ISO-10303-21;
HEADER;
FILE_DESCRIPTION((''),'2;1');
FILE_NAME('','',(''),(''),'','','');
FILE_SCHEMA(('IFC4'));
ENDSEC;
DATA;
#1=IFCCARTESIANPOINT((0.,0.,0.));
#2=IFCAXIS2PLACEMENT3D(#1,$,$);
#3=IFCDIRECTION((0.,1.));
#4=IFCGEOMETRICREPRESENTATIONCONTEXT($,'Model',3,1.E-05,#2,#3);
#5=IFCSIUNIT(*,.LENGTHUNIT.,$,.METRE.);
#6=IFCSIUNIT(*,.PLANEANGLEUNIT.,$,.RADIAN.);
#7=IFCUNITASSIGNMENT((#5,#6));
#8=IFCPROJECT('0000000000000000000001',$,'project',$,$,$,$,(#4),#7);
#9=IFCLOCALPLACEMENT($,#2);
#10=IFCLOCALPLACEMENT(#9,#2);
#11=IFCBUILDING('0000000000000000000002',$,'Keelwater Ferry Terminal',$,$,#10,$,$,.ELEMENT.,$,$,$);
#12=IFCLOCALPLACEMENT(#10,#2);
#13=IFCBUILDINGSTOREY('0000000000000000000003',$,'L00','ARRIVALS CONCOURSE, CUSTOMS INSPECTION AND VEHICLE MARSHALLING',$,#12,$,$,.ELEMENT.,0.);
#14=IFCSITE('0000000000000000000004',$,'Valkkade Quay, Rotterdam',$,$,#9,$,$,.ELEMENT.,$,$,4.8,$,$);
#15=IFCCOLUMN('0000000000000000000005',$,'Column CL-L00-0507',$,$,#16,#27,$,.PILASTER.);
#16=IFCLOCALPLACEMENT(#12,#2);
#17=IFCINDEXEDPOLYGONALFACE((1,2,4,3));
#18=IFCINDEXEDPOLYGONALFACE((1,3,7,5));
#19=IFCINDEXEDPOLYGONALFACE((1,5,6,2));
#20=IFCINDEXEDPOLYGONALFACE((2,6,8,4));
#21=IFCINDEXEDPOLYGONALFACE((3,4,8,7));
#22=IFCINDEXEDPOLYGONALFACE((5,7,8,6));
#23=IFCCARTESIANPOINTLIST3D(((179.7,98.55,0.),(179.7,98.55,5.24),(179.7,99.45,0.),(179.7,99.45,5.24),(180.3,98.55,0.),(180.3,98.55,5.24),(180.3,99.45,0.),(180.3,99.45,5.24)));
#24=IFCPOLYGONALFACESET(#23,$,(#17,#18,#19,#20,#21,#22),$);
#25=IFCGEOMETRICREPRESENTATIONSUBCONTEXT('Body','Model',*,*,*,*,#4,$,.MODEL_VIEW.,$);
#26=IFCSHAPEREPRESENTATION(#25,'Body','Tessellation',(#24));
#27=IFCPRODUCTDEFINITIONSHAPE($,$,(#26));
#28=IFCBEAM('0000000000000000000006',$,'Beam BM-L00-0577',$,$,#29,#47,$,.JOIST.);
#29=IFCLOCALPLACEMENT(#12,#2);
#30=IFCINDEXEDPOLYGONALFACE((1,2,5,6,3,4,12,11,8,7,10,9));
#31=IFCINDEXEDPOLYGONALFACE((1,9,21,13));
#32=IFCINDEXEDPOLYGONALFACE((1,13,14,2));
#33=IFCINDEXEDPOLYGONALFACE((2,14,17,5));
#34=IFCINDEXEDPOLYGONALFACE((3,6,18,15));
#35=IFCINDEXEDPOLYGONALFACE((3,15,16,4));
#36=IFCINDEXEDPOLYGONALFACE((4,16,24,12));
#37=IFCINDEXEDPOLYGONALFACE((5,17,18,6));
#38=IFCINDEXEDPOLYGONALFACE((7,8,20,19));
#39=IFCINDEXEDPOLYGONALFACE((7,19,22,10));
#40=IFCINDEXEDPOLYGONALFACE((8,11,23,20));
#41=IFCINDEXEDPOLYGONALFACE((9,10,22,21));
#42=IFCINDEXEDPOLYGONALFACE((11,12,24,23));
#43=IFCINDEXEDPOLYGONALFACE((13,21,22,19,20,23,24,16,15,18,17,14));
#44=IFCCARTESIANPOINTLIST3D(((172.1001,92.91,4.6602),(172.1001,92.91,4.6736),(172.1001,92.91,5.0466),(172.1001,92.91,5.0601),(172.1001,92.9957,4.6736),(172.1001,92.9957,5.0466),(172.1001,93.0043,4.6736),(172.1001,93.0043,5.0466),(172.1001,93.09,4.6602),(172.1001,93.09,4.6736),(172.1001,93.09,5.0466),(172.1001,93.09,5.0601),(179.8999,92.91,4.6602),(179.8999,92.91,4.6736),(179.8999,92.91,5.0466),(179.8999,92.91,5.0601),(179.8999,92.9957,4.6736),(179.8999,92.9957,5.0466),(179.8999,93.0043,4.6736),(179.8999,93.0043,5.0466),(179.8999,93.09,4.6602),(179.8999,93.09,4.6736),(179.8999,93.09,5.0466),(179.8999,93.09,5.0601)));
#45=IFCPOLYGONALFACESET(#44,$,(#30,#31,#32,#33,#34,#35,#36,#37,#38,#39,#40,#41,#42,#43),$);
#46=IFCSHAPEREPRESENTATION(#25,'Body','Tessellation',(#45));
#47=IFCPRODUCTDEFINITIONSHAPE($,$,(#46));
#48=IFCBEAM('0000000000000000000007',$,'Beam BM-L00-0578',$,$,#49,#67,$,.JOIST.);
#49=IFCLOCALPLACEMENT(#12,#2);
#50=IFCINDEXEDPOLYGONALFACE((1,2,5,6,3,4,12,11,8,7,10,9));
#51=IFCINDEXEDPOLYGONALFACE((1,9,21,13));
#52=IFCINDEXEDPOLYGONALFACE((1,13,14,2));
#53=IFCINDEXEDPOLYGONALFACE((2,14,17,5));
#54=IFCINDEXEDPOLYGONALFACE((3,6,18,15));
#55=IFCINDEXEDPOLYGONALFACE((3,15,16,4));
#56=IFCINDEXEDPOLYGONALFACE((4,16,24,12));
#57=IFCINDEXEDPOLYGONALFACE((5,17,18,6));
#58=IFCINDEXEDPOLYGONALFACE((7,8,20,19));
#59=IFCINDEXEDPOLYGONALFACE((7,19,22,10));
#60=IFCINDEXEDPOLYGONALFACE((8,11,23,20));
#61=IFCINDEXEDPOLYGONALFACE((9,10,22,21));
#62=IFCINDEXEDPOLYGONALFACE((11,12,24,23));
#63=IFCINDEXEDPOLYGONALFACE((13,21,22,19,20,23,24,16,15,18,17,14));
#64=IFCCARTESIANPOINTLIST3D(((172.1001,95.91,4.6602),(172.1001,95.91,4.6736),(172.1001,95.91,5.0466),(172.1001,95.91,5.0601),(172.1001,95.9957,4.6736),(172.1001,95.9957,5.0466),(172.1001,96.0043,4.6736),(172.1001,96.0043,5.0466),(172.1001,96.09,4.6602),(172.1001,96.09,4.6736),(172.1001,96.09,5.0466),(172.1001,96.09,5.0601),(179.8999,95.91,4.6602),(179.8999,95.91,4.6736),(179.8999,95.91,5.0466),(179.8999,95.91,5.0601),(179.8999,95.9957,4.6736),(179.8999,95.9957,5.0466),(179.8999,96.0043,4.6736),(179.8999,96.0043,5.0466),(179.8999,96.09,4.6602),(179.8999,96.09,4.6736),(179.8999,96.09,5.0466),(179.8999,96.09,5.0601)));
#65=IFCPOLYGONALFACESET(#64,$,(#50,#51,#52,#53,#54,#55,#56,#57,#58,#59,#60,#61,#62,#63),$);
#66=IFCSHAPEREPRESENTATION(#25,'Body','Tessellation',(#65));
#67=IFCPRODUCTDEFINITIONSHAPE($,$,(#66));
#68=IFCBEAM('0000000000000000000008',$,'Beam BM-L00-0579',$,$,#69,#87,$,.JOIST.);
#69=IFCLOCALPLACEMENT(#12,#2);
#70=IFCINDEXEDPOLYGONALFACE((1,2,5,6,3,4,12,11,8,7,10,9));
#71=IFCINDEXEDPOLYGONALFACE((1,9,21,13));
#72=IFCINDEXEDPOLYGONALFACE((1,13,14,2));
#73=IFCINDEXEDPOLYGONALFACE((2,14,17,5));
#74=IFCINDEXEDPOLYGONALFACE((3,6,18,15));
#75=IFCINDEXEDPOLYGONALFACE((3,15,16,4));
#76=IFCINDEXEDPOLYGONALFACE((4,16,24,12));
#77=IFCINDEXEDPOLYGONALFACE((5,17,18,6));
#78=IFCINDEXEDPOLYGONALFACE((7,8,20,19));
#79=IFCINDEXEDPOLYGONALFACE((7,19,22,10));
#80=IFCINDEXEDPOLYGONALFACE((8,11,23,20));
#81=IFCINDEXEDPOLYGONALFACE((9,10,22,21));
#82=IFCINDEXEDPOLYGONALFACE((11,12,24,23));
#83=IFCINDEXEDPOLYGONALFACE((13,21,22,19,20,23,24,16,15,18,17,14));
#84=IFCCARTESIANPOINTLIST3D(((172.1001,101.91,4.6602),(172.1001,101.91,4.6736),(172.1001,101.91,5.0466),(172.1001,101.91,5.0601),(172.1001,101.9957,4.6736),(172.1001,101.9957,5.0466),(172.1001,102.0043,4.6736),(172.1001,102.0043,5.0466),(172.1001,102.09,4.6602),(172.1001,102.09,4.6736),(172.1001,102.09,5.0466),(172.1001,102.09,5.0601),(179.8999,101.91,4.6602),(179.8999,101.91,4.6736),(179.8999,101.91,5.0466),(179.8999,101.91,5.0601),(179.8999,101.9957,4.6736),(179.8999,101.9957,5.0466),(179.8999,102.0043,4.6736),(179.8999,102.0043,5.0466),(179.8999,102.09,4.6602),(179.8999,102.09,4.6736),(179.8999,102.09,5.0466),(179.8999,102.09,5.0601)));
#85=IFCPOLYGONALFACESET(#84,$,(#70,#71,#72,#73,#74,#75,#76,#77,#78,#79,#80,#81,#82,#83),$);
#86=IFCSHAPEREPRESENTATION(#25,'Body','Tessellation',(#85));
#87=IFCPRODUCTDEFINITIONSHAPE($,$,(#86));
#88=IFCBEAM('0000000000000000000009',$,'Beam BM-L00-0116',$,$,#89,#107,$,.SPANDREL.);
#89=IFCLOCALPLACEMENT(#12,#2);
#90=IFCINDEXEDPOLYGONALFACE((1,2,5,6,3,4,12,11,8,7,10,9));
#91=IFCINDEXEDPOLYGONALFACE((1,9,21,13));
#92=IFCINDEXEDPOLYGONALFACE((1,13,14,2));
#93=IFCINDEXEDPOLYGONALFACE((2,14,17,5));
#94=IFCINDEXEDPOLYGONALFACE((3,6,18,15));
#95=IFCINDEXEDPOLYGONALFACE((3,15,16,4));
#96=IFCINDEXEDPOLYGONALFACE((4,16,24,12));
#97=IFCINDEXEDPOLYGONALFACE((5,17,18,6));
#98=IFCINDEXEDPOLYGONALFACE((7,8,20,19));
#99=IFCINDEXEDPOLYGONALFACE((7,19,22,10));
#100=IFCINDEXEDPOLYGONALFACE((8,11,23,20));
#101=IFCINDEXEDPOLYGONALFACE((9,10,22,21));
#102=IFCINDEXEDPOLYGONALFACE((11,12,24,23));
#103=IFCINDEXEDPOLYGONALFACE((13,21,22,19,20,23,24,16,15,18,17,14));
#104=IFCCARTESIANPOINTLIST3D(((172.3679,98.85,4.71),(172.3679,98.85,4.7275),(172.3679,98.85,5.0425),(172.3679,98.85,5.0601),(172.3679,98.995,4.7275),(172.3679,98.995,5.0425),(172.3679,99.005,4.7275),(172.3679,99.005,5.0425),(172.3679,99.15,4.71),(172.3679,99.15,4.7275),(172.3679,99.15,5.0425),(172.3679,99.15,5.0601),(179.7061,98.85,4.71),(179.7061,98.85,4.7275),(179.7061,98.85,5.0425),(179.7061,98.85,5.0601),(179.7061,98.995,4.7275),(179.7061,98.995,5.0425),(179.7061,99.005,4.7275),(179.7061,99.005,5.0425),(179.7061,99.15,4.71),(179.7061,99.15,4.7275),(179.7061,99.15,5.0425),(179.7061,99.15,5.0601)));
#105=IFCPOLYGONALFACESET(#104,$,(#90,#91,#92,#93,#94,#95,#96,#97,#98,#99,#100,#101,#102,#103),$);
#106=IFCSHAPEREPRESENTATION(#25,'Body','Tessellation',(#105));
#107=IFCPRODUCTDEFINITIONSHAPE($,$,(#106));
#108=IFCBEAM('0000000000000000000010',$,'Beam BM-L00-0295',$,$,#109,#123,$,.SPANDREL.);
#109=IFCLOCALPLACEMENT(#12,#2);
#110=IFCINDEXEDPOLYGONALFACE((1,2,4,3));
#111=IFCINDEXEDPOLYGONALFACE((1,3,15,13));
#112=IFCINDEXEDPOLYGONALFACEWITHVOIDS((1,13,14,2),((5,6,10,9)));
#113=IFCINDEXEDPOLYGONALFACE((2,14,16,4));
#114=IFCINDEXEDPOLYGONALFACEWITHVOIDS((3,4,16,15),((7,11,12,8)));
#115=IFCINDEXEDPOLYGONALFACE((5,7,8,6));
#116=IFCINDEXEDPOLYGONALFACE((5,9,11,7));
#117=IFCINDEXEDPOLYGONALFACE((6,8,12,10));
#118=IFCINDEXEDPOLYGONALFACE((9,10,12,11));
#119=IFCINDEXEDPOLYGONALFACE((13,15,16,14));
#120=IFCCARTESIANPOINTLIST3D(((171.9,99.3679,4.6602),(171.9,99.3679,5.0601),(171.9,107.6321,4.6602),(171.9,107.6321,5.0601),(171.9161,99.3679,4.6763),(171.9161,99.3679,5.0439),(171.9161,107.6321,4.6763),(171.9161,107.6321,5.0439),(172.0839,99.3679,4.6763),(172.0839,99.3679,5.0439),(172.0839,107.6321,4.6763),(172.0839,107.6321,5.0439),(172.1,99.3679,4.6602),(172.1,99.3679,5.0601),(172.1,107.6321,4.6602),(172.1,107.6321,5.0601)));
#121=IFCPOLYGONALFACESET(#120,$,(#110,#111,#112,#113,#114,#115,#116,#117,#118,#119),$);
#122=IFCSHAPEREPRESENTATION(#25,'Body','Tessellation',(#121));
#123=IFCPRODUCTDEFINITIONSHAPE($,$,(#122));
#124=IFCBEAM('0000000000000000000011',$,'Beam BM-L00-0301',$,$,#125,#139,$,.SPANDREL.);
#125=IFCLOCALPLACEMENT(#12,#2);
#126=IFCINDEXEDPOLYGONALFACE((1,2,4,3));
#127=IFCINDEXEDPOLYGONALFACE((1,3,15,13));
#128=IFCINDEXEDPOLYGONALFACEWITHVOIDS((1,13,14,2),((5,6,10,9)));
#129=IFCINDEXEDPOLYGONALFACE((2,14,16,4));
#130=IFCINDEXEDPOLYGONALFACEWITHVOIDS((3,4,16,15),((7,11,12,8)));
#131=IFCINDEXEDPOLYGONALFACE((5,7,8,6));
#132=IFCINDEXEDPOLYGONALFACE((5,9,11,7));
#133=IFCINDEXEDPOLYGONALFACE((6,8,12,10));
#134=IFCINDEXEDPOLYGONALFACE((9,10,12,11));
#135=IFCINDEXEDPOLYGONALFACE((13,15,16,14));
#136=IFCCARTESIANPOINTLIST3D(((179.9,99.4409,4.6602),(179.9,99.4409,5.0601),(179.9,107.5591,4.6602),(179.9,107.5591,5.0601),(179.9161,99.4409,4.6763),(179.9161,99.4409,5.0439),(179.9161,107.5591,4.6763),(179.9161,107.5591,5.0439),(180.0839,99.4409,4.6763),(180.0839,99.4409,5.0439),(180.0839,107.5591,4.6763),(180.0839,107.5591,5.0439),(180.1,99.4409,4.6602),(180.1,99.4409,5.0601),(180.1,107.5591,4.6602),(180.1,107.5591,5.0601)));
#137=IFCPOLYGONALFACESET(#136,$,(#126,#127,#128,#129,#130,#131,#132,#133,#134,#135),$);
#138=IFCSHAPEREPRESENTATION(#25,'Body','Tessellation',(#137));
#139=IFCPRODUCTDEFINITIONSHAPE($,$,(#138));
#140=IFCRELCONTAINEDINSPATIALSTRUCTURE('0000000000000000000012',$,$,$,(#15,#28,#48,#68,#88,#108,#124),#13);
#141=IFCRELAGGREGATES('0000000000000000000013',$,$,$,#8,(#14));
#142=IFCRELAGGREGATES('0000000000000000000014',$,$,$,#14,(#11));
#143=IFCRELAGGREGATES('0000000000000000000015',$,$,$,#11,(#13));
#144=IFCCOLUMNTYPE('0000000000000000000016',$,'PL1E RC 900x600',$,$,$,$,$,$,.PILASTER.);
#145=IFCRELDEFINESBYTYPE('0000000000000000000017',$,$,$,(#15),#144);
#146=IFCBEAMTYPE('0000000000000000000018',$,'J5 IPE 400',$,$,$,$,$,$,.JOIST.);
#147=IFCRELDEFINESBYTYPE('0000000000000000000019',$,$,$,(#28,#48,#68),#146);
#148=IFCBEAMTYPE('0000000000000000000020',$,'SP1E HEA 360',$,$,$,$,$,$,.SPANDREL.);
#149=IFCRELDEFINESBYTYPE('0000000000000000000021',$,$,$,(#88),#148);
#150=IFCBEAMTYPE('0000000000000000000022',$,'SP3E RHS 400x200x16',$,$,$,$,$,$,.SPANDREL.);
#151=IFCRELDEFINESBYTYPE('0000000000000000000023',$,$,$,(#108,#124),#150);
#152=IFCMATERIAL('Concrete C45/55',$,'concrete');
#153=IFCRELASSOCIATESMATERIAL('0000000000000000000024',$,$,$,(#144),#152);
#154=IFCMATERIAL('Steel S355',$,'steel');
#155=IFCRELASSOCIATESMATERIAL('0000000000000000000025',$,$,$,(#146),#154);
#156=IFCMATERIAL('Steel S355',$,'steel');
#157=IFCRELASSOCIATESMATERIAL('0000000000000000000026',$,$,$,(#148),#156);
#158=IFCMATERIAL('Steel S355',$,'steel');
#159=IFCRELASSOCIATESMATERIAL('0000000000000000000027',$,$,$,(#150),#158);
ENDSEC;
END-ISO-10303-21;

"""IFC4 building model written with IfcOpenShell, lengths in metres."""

from ifc_helpers import new_model, si_unit, direction, frame, origin, origin_2d, place, context, subcontext, project, spatial, rectangle, hollow_rectangle, i_section, extrude, material, material_profile, profile_set, type_object, element, save


model = new_model("IFC4")

# Units and contexts
model_context = context("Model", 3, precision=1e-05, world=origin(), true_north=direction((0.0, 1.0)))
body_context = subcontext(model_context, "Body", "Model", "MODEL_VIEW")
ifc_project = project(units=[si_unit("LENGTHUNIT", "METRE"), si_unit("PLANEANGLEUNIT", "RADIAN")], contexts=[model_context])

# Site, building, storey
site_placement = place(None, origin())
site = spatial("IfcSite", under=ifc_project, at=site_placement, Name="Valkkade Quay, Rotterdam", CompositionType="ELEMENT", RefElevation=4.8)
building_placement = place(site_placement, origin())
building = spatial("IfcBuilding", under=site, at=building_placement, Name="Keelwater Ferry Terminal", CompositionType="ELEMENT")
storey_placement = place(building_placement, origin())
storey = spatial("IfcBuildingStorey", under=building, at=storey_placement, Name="L00", Description="ARRIVALS CONCOURSE, CUSTOMS INSPECTION AND VEHICLE MARSHALLING", CompositionType="ELEMENT", Elevation=0.0)

# Column
ifc_material_1 = material(Name="Concrete C45/55", Category="concrete")
ifc_material_profile_1 = material_profile(ifc_material_1, rectangle(XDim=0.6001, YDim=0.8999, at=origin_2d()), Name="RC 900x600")
ifc_profile_set_1 = profile_set([ifc_material_profile_1], Name="Concrete C45/55")
column_type_1 = type_object("IfcColumnType", Name="PL1E RC 900x600", PredefinedType="PILASTER", material=ifc_profile_set_1)
column_1_placement = place(storey_placement, frame((180.0, 99.0, 0.0), z_axis=(0.0, 0.0, 1.0), x_axis=(1.0, 0.0, 0.0)))
element("IfcColumn", 1, at=column_1_placement, inside=storey, type_object=column_type_1, Name="Column CL-L00-0507", PredefinedType="PILASTER", context=body_context, shape_type="SweptSolid", body=[
    extrude(rectangle(XDim=0.6001, YDim=0.8999, at=origin_2d()), origin(), (0.0, 0.0, 1.0), 5.24),
])

# Beams
ifc_material_2 = material(Name="Steel S355", Category="steel")
ifc_material_profile_2 = material_profile(ifc_material_2, i_section(OverallWidth=0.1799, OverallDepth=0.3999, WebThickness=0.0085, FlangeThickness=0.0134, at=origin_2d()), Name="IPE 400")
ifc_profile_set_2 = profile_set([ifc_material_profile_2], Name="Steel S355")
beam_type_1 = type_object("IfcBeamType", Name="J5 IPE 400", PredefinedType="JOIST", material=ifc_profile_set_2)
for number, where, z_axis, x_axis, name in (
    (2, (172.1001, 93.0, 4.8601), (1.0, 0.0, 0.0), (0.0, 1.0, 0.0), "Beam BM-L00-0577"),
    (3, (172.1001, 96.0, 4.8601), (1.0, 0.0, 0.0), (0.0, 1.0, 0.0), "Beam BM-L00-0578"),
    (4, (172.1001, 102.0, 4.8601), (1.0, 0.0, 0.0), (0.0, 1.0, 0.0), "Beam BM-L00-0579"),
):
    element("IfcBeam", number, at=place(storey_placement, frame(where, z_axis=z_axis, x_axis=x_axis)), inside=storey, type_object=beam_type_1, Name=name, PredefinedType="JOIST", context=body_context, shape_type="SweptSolid", body=[
        extrude(i_section(OverallWidth=0.1799, OverallDepth=0.3999, WebThickness=0.0085, FlangeThickness=0.0134, at=origin_2d()), origin(), (0.0, 0.0, 1.0), 7.7998),
    ])
ifc_material_3 = material(Name="Steel S355", Category="steel")
ifc_material_profile_3 = material_profile(ifc_material_3, i_section(OverallWidth=0.3, OverallDepth=0.3501, WebThickness=0.01, FlangeThickness=0.0176, at=origin_2d()), Name="HEA 360")
ifc_profile_set_3 = profile_set([ifc_material_profile_3], Name="Steel S355")
beam_type_2 = type_object("IfcBeamType", Name="SP1E HEA 360", PredefinedType="SPANDREL", material=ifc_profile_set_3)
beam_1_placement = place(storey_placement, frame((172.3679, 99.0, 4.885), z_axis=(1.0, 0.0, 0.0), x_axis=(0.0, 1.0, 0.0)))
element("IfcBeam", 5, at=beam_1_placement, inside=storey, type_object=beam_type_2, Name="Beam BM-L00-0116", PredefinedType="SPANDREL", context=body_context, shape_type="SweptSolid", body=[
    extrude(i_section(OverallWidth=0.3, OverallDepth=0.3501, WebThickness=0.01, FlangeThickness=0.0176, at=origin_2d()), origin(), (0.0, 0.0, 1.0), 7.3381),
])
ifc_material_4 = material(Name="Steel S355", Category="steel")
ifc_material_profile_4 = material_profile(ifc_material_4, hollow_rectangle(XDim=0.2, YDim=0.3999, WallThickness=0.0161, at=origin_2d()), Name="RHS 400x200x16")
ifc_profile_set_4 = profile_set([ifc_material_profile_4], Name="Steel S355")
beam_type_3 = type_object("IfcBeamType", Name="SP3E RHS 400x200x16", PredefinedType="SPANDREL", material=ifc_profile_set_4)
beam_2_placement = place(storey_placement, frame((172.0, 99.3679, 4.8601), z_axis=(0.0, 1.0, 0.0), x_axis=(-1.0, 0.0, 0.0)))
element("IfcBeam", 6, at=beam_2_placement, inside=storey, type_object=beam_type_3, Name="Beam BM-L00-0295", PredefinedType="SPANDREL", context=body_context, shape_type="SweptSolid", body=[
    extrude(hollow_rectangle(XDim=0.2, YDim=0.3999, WallThickness=0.0161, at=origin_2d()), origin(), (0.0, 0.0, 1.0), 8.2642),
])
beam_3_placement = place(storey_placement, frame((180.0, 99.4409, 4.8601), z_axis=(0.0, 1.0, 0.0), x_axis=(-1.0, 0.0, 0.0)))
element("IfcBeam", 7, at=beam_3_placement, inside=storey, type_object=beam_type_3, Name="Beam BM-L00-0301", PredefinedType="SPANDREL", context=body_context, shape_type="SweptSolid", body=[
    extrude(hollow_rectangle(XDim=0.2, YDim=0.3999, WallThickness=0.0161, at=origin_2d()), origin(), (0.0, 0.0, 1.0), 8.1182),
])

save(model, "model.ifc")
